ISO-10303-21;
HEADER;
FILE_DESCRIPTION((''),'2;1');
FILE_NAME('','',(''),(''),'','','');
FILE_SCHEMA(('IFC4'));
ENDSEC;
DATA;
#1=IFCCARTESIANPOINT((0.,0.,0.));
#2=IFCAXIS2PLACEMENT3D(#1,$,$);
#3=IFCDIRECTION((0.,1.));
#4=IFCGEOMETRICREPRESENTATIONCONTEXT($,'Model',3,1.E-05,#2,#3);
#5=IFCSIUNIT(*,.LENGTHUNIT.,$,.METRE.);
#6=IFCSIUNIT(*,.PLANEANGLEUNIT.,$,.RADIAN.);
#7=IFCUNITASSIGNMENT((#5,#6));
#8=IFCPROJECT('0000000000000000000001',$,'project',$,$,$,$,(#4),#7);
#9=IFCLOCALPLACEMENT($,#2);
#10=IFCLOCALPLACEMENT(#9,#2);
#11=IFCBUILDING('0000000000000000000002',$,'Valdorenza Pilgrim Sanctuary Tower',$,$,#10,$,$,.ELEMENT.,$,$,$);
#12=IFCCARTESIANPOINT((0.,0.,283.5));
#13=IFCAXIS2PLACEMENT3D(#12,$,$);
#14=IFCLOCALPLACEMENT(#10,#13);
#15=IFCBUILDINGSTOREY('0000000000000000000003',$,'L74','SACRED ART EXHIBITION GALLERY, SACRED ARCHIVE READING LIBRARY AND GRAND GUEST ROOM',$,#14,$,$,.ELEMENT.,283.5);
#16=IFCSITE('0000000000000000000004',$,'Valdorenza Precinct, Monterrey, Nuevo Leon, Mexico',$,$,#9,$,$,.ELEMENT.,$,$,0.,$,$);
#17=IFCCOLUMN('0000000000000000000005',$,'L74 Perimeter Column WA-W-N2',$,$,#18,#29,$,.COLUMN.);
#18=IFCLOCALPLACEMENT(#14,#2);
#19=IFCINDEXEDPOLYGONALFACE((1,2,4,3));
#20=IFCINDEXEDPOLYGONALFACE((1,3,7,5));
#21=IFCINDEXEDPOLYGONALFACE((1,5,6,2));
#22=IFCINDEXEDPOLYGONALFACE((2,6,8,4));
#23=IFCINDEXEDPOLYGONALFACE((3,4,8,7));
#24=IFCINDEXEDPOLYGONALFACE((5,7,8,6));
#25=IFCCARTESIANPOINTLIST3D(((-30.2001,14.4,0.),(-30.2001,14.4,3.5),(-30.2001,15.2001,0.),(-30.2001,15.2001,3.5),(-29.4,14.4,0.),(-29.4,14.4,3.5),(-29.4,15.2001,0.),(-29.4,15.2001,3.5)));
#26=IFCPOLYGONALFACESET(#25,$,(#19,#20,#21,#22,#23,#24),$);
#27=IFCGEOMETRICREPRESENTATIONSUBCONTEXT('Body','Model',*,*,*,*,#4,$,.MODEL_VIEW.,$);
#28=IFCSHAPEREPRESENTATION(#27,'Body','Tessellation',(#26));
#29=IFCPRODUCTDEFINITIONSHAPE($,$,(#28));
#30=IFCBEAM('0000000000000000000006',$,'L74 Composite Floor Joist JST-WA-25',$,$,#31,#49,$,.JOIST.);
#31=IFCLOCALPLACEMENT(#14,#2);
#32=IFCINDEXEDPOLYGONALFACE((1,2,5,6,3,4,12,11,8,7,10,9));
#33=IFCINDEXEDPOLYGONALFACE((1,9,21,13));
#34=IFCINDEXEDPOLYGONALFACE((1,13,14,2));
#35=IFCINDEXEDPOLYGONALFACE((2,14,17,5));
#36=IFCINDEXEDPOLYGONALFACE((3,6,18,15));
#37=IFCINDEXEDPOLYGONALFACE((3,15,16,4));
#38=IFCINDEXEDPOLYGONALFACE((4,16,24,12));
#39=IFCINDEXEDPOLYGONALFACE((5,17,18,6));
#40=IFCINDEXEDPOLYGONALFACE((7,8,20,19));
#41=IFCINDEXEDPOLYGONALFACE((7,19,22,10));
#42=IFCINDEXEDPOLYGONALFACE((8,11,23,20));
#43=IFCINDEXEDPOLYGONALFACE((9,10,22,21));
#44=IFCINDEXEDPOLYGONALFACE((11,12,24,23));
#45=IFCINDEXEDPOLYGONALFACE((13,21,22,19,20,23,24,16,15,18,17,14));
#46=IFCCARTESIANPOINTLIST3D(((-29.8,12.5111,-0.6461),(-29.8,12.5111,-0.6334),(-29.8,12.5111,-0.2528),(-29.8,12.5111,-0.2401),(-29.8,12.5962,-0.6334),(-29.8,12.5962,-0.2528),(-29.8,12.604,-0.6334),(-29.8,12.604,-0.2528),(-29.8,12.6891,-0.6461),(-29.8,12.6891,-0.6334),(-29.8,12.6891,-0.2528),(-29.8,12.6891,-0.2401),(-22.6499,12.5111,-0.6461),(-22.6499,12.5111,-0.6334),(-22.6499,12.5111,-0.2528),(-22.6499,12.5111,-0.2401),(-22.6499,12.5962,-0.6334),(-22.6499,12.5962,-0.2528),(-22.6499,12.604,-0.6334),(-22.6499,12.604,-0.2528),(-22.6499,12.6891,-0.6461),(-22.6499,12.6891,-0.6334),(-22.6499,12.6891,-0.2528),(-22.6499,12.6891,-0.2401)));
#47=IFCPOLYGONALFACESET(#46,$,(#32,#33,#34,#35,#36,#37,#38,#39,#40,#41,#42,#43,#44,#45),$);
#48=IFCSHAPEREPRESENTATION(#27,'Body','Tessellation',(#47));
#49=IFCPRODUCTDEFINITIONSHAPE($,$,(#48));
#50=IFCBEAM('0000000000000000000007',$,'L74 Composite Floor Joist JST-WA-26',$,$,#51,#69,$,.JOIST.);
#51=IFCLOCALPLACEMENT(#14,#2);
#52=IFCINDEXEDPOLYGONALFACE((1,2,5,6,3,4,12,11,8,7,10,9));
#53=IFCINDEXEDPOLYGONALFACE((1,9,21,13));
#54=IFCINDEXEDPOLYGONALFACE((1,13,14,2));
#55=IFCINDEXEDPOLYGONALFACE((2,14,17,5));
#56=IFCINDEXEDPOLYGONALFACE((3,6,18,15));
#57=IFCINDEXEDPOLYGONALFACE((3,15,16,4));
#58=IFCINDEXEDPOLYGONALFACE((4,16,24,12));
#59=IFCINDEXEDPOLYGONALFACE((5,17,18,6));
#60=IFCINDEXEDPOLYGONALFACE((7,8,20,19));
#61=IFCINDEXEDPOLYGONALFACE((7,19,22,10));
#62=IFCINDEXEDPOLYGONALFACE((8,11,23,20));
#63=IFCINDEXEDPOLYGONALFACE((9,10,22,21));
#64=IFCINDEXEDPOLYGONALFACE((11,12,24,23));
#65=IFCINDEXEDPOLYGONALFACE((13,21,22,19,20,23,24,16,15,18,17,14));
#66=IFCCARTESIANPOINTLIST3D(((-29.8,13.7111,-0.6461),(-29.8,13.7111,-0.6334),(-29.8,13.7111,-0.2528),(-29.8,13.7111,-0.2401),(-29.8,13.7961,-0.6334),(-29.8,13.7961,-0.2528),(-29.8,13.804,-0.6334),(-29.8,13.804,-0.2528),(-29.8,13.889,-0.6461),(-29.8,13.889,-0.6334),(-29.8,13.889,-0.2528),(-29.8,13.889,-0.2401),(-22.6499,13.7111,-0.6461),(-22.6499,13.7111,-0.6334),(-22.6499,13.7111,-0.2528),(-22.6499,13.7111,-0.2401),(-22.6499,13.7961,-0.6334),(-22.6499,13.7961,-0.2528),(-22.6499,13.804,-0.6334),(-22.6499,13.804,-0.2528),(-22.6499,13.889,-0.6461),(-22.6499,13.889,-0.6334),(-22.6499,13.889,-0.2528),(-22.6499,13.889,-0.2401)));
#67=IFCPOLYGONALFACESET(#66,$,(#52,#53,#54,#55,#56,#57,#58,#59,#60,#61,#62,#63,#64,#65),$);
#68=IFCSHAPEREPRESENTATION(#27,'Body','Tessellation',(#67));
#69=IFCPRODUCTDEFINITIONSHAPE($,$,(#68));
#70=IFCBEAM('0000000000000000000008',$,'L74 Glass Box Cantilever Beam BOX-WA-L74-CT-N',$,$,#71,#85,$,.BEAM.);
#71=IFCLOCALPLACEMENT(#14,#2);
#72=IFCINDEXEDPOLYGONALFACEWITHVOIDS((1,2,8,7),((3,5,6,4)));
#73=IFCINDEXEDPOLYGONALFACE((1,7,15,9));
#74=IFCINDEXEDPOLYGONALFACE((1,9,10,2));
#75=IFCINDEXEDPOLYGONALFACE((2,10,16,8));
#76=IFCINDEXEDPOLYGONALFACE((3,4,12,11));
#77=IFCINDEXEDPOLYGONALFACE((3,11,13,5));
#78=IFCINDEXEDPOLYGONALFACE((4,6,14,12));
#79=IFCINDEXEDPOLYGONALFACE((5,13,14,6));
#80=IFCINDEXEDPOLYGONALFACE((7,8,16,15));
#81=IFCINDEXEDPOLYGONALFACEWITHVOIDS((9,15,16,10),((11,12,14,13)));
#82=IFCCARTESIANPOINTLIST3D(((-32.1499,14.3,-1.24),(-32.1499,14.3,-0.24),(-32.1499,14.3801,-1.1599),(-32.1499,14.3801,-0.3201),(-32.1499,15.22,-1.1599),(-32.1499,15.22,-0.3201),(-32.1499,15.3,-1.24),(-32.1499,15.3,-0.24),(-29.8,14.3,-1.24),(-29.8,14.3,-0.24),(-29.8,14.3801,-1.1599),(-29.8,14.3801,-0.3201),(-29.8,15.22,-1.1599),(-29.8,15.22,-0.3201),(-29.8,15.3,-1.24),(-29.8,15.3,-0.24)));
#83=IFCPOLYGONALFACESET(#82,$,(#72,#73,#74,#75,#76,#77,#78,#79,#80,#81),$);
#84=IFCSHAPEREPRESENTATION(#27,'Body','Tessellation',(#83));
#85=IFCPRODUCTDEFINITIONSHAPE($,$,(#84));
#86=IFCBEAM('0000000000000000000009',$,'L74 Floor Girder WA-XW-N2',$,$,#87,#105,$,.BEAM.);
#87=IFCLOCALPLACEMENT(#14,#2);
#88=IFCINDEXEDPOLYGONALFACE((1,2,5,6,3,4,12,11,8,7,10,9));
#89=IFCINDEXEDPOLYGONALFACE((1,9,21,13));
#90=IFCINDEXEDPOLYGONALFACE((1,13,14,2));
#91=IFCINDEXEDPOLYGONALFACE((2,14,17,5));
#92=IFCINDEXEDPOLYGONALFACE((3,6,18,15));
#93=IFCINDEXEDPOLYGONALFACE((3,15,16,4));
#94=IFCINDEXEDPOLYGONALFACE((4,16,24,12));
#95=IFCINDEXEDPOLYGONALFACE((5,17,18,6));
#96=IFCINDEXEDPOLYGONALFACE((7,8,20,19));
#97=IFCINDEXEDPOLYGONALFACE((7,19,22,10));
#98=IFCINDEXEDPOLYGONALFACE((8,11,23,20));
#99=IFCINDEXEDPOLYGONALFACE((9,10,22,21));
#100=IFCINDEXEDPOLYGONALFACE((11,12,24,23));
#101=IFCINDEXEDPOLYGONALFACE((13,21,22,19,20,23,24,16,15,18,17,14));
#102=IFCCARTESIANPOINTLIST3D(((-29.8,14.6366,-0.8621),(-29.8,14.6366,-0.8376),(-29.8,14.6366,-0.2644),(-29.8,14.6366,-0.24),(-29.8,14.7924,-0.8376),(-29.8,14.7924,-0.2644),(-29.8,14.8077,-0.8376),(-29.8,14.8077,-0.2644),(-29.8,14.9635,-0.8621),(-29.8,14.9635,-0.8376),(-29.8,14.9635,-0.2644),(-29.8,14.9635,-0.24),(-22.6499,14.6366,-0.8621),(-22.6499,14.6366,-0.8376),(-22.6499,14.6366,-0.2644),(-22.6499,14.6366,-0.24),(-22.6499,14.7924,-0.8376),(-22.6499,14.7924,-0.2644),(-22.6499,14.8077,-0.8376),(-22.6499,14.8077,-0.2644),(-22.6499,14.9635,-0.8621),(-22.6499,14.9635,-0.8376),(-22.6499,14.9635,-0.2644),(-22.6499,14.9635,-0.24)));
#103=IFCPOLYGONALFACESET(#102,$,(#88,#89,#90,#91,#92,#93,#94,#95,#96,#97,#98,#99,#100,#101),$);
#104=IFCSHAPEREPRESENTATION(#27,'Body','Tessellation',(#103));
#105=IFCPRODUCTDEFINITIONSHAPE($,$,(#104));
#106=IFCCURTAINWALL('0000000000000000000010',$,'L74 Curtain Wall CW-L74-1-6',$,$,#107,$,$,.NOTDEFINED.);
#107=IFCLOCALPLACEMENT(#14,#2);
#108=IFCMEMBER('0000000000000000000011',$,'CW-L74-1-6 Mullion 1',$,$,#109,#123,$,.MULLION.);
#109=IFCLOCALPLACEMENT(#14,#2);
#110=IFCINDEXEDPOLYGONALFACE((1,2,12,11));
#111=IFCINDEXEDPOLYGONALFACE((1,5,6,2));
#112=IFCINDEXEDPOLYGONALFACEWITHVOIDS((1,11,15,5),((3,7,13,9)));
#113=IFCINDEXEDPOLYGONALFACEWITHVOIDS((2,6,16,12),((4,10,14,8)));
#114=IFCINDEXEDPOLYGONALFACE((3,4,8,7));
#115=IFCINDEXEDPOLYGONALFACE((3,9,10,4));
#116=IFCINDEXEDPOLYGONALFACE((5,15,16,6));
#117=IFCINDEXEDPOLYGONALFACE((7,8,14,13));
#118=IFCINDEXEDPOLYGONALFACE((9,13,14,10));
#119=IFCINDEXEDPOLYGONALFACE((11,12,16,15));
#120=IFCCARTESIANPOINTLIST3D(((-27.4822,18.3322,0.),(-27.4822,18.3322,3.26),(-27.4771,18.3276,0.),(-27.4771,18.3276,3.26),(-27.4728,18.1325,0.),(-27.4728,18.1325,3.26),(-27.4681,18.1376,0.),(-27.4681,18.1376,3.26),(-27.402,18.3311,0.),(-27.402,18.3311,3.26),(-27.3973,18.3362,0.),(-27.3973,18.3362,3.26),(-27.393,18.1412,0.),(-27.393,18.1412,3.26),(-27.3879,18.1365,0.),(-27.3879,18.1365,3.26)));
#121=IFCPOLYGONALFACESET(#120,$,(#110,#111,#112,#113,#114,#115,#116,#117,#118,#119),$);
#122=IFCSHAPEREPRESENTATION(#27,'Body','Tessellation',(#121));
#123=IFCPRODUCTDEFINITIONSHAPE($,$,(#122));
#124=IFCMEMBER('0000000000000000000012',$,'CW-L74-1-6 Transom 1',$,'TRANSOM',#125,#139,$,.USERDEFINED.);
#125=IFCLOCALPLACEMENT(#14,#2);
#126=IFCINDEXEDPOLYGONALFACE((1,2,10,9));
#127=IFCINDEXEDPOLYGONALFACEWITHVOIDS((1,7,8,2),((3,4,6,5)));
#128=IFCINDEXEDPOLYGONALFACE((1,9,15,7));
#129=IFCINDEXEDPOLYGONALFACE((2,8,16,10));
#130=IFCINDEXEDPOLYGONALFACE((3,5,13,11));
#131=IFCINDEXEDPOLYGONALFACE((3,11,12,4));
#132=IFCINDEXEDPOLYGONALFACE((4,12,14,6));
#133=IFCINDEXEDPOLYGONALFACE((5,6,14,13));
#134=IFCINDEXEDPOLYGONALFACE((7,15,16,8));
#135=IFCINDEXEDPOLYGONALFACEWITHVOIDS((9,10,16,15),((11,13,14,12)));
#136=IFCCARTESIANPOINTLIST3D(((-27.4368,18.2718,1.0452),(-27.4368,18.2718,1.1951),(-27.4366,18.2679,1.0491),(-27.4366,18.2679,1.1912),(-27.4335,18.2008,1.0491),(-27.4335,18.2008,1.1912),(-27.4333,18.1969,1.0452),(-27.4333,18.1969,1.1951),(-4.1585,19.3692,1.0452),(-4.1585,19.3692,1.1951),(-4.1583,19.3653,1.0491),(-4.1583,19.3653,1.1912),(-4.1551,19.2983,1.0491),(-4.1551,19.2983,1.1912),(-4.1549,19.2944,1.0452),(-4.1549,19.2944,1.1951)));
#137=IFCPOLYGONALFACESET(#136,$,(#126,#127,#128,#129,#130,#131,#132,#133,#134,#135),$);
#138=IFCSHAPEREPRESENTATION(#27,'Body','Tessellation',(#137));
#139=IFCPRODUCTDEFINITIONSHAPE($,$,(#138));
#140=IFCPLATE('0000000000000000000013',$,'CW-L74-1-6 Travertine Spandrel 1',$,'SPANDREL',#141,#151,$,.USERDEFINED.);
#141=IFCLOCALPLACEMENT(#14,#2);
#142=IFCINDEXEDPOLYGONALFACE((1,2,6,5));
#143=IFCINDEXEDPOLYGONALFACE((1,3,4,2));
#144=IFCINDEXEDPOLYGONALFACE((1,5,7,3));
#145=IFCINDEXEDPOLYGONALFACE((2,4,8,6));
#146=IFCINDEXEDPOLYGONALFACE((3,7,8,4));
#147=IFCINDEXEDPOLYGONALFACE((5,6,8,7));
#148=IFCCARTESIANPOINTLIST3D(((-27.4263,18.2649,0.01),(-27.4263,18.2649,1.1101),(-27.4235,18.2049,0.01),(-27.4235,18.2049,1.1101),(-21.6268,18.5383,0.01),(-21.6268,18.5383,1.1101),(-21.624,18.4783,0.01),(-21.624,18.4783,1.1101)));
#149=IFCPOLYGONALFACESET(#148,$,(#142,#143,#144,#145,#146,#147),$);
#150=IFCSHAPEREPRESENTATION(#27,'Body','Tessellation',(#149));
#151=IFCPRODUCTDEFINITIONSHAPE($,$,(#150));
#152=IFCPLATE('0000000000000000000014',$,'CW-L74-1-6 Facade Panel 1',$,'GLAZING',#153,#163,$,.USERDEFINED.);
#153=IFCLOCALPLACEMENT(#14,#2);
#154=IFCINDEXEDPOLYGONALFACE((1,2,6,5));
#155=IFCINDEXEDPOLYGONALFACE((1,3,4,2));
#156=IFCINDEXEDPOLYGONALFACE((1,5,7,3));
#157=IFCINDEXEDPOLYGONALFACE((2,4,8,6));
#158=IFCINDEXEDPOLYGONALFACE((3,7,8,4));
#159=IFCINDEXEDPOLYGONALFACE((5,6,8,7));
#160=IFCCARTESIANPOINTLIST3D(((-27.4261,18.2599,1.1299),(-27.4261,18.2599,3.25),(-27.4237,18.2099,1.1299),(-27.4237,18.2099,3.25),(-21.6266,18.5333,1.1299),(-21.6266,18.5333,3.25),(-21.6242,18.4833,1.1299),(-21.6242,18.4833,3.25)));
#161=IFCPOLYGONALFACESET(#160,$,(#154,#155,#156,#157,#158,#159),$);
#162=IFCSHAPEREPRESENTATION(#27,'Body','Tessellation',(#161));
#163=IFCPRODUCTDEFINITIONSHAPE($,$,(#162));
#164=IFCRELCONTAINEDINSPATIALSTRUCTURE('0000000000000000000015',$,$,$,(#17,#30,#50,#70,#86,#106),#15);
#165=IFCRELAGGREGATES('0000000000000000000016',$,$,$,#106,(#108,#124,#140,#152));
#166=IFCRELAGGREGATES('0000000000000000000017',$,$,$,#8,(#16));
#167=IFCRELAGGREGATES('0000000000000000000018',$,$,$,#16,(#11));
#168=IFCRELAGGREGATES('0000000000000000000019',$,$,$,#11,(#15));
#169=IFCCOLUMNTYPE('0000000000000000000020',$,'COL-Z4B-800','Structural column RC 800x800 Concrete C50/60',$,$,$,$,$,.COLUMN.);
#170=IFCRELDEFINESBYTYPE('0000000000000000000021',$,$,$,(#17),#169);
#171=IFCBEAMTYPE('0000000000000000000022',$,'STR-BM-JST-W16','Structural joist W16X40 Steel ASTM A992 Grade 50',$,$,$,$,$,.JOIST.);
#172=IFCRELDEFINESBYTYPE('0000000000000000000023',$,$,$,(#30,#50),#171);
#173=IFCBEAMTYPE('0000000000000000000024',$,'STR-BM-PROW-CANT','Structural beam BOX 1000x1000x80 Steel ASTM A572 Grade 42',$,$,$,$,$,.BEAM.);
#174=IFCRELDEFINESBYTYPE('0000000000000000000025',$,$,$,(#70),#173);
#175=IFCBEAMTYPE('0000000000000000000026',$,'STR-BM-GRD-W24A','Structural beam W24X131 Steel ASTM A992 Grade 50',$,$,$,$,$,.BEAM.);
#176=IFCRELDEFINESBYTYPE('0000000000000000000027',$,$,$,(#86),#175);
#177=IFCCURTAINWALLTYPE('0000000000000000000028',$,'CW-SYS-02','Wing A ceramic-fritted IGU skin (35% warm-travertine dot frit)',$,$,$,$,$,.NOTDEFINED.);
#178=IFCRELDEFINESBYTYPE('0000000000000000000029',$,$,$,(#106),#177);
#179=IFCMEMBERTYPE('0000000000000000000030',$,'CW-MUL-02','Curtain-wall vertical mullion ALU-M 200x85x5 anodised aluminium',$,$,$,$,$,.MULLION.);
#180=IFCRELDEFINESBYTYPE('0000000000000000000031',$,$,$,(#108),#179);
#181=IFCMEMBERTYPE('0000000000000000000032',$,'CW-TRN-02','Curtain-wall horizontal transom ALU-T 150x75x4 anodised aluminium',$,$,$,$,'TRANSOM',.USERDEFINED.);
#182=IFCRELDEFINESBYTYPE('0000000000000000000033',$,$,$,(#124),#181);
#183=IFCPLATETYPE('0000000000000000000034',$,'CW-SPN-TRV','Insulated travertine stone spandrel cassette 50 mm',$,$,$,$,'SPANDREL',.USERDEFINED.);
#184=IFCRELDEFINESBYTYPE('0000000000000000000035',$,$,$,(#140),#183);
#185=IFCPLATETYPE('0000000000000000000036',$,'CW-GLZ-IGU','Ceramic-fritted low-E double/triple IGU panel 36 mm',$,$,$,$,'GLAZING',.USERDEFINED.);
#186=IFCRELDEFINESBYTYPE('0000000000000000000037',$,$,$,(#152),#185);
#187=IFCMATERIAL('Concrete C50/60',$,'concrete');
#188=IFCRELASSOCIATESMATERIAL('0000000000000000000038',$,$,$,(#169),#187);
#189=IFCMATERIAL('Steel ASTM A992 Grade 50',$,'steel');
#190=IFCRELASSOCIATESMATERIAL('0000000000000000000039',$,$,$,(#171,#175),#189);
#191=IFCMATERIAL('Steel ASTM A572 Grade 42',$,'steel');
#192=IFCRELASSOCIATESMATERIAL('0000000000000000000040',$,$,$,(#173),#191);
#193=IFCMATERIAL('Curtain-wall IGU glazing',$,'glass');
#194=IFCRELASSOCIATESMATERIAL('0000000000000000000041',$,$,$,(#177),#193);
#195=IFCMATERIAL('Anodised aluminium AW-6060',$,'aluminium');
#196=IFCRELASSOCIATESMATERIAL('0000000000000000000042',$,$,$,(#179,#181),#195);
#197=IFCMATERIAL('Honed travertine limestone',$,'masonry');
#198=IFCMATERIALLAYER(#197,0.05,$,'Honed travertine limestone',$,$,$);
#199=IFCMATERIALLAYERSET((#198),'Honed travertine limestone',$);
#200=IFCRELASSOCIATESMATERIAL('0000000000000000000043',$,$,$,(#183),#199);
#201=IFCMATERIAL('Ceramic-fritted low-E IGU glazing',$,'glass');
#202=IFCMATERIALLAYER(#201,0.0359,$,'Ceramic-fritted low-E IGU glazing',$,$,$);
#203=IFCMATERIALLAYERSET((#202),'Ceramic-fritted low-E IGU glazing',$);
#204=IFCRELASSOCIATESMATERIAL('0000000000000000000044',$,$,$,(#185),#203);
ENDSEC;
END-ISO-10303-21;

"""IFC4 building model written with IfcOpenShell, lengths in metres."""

from ifc_helpers import new_model, si_unit, direction, frame, origin, origin_2d, place, context, subcontext, project, spatial, rectangle, hollow_rectangle, i_section, extrude, source, transform, mapped, material, layer, layer_set, material_profile, profile_set, type_object, element, aggregate, save


model = new_model("IFC4")

# Units and contexts
model_context = context("Model", 3, precision=1e-05, world=origin(), true_north=direction((0.0, 1.0)))
body_context = subcontext(model_context, "Body", "Model", "MODEL_VIEW")
ifc_project = project(units=[si_unit("LENGTHUNIT", "METRE"), si_unit("PLANEANGLEUNIT", "RADIAN")], contexts=[model_context])

# Site, building, storey
site_placement = place(None, origin())
site = spatial("IfcSite", under=ifc_project, at=site_placement, Name="Valdorenza Precinct, Monterrey, Nuevo Leon, Mexico", CompositionType="ELEMENT", RefElevation=0.0)
building_placement = place(site_placement, origin())
building = spatial("IfcBuilding", under=site, at=building_placement, Name="Valdorenza Pilgrim Sanctuary Tower", CompositionType="ELEMENT")
storey_placement = place(building_placement, frame((0.0, 0.0, 283.5)))
storey = spatial("IfcBuildingStorey", under=building, at=storey_placement, Name="L74", Description="SACRED ART EXHIBITION GALLERY, SACRED ARCHIVE READING LIBRARY AND GRAND GUEST ROOM", CompositionType="ELEMENT", Elevation=283.5)

# Column
ifc_material_1 = material(Name="Concrete C50/60", Category="concrete")
ifc_material_profile_1 = material_profile(ifc_material_1, rectangle(XDim=0.8, YDim=0.8, at=origin_2d()), Name="RC 800x800")
ifc_profile_set_1 = profile_set([ifc_material_profile_1], Name="Concrete C50/60")
column_type = type_object("IfcColumnType", Name="COL-Z4B-800", Description="Structural column RC 800x800 Concrete C50/60", PredefinedType="COLUMN", material=ifc_profile_set_1)
shared_shape_1 = source(origin(), body_context, "Body", "SweptSolid", [
    extrude(rectangle(XDim=0.8, YDim=0.8, at=origin_2d()), origin(), (0.0, 0.0, 1.0), 3.5),
])
column_placement = place(storey_placement, frame((-29.8, 14.8, 0.0), z_axis=(0.0, 0.0, 1.0), x_axis=(1.0, 0.0, 0.0)))
element("IfcColumn", 1, at=column_placement, inside=storey, type_object=column_type, Name="L74 Perimeter Column WA-W-N2", PredefinedType="COLUMN", context=body_context, shape_type="MappedRepresentation", body=[
    mapped(shared_shape_1, transform((0.0, 0.0, 0.0), x_axis=(1.0, 0.0, 0.0), y_axis=(0.0, 1.0, 0.0), z_axis=(0.0, 0.0, 1.0), scale=1.0)),
])

# Beams
ifc_material_2 = material(Name="Steel ASTM A992 Grade 50", Category="steel")
ifc_material_profile_2 = material_profile(ifc_material_2, i_section(OverallWidth=0.178, OverallDepth=0.406, WebThickness=0.0078, FlangeThickness=0.0127, at=origin_2d()), Name="W16X40")
ifc_profile_set_2 = profile_set([ifc_material_profile_2], Name="Steel ASTM A992 Grade 50")
beam_type_1 = type_object("IfcBeamType", Name="STR-BM-JST-W16", Description="Structural joist W16X40 Steel ASTM A992 Grade 50", PredefinedType="JOIST", material=ifc_profile_set_2)
shared_shape_2 = source(origin(), body_context, "Body", "SweptSolid", [
    extrude(i_section(OverallWidth=0.178, OverallDepth=0.406, WebThickness=0.0078, FlangeThickness=0.0127, at=origin_2d()), origin(), (0.0, 0.0, 1.0), 7.1501),
])
for number, where, z_axis, x_axis, name in (
    (2, (-29.8, 12.6001, -0.4431), (1.0, 0.0, 0.0), (0.0, 1.0, 0.0), "L74 Composite Floor Joist JST-WA-25"),
    (3, (-29.8, 13.8, -0.4431), (1.0, 0.0, 0.0), (0.0, 1.0, 0.0), "L74 Composite Floor Joist JST-WA-26"),
):
    element("IfcBeam", number, at=place(storey_placement, frame(where, z_axis=z_axis, x_axis=x_axis)), inside=storey, type_object=beam_type_1, Name=name, PredefinedType="JOIST", context=body_context, shape_type="MappedRepresentation", body=[
        mapped(shared_shape_2, transform((0.0, 0.0, 0.0), x_axis=(1.0, 0.0, 0.0), y_axis=(0.0, 1.0, 0.0), z_axis=(0.0, 0.0, 1.0), scale=1.0)),
    ])
ifc_material_3 = material(Name="Steel ASTM A572 Grade 42", Category="steel")
ifc_material_profile_3 = material_profile(ifc_material_3, hollow_rectangle(XDim=1.0, YDim=1.0, WallThickness=0.0801, at=origin_2d()), Name="BOX 1000x1000x80")
ifc_profile_set_3 = profile_set([ifc_material_profile_3], Name="Steel ASTM A572 Grade 42")
beam_type_2 = type_object("IfcBeamType", Name="STR-BM-PROW-CANT", Description="Structural beam BOX 1000x1000x80 Steel ASTM A572 Grade 42", PredefinedType="BEAM", material=ifc_profile_set_3)
shared_shape_3 = source(origin(), body_context, "Body", "SweptSolid", [
    extrude(hollow_rectangle(XDim=1.0, YDim=1.0, WallThickness=0.0801, at=origin_2d()), origin(), (0.0, 0.0, 1.0), 2.3499),
])
beam_1_placement = place(storey_placement, frame((-29.8, 14.8, -0.74), z_axis=(-1.0, 0.0, 0.0), x_axis=(0.0, -1.0, 0.0)))
element("IfcBeam", 4, at=beam_1_placement, inside=storey, type_object=beam_type_2, Name="L74 Glass Box Cantilever Beam BOX-WA-L74-CT-N", PredefinedType="BEAM", context=body_context, shape_type="MappedRepresentation", body=[
    mapped(shared_shape_3, transform((0.0, 0.0, 0.0), x_axis=(1.0, 0.0, 0.0), y_axis=(0.0, 1.0, 0.0), z_axis=(0.0, 0.0, 1.0), scale=1.0)),
])
ifc_material_profile_4 = material_profile(ifc_material_2, i_section(OverallWidth=0.3269, OverallDepth=0.6221, WebThickness=0.0154, FlangeThickness=0.0244, at=origin_2d()), Name="W24X131")
ifc_profile_set_4 = profile_set([ifc_material_profile_4], Name="Steel ASTM A992 Grade 50")
beam_type_3 = type_object("IfcBeamType", Name="STR-BM-GRD-W24A", Description="Structural beam W24X131 Steel ASTM A992 Grade 50", PredefinedType="BEAM", material=ifc_profile_set_4)
shared_shape_4 = source(origin(), body_context, "Body", "SweptSolid", [
    extrude(i_section(OverallWidth=0.3269, OverallDepth=0.6221, WebThickness=0.0154, FlangeThickness=0.0244, at=origin_2d()), origin(), (0.0, 0.0, 1.0), 7.1501),
])
beam_2_placement = place(storey_placement, frame((-29.8, 14.8, -0.551), z_axis=(1.0, 0.0, 0.0), x_axis=(0.0, 1.0, 0.0)))
element("IfcBeam", 5, at=beam_2_placement, inside=storey, type_object=beam_type_3, Name="L74 Floor Girder WA-XW-N2", PredefinedType="BEAM", context=body_context, shape_type="MappedRepresentation", body=[
    mapped(shared_shape_4, transform((0.0, 0.0, 0.0), x_axis=(1.0, 0.0, 0.0), y_axis=(0.0, 1.0, 0.0), z_axis=(0.0, 0.0, 1.0), scale=1.0)),
])

# Curtain wall, members, plates
ifc_material_4 = material(Name="Curtain-wall IGU glazing", Category="glass")
curtain_wall_type = type_object("IfcCurtainWallType", Name="CW-SYS-02", Description="Wing A ceramic-fritted IGU skin (35% warm-travertine dot frit)", PredefinedType="NOTDEFINED", material=ifc_material_4)
curtain_wall_placement = place(storey_placement, origin())
curtain_wall = element("IfcCurtainWall", 6, at=curtain_wall_placement, inside=storey, type_object=curtain_wall_type, Name="L74 Curtain Wall CW-L74-1-6", PredefinedType="NOTDEFINED")
ifc_material_5 = material(Name="Anodised aluminium AW-6060", Category="aluminium")
ifc_material_profile_5 = material_profile(ifc_material_5, hollow_rectangle(XDim=0.085, YDim=0.2, WallThickness=0.0049, at=origin_2d()), Name="ALU-M 200x85x5")
ifc_profile_set_5 = profile_set([ifc_material_profile_5], Name="Anodised aluminium AW-6060")
member_type_1 = type_object("IfcMemberType", Name="CW-MUL-02", Description="Curtain-wall vertical mullion ALU-M 200x85x5 anodised aluminium", PredefinedType="MULLION", material=ifc_profile_set_5)
shared_shape_5 = source(origin(), body_context, "Body", "SweptSolid", [
    extrude(hollow_rectangle(XDim=0.085, YDim=0.2, WallThickness=0.0049, at=origin_2d()), origin(), (0.0, 0.0, 1.0), 3.26),
])
member_1_placement = place(storey_placement, frame((-27.4351, 18.2344, 0.0), z_axis=(0.0, 0.0, 1.0), x_axis=(0.998891, 0.047089, 0.0)))
member_1 = element("IfcMember", 7, at=member_1_placement, type_object=member_type_1, Name="CW-L74-1-6 Mullion 1", PredefinedType="MULLION", context=body_context, shape_type="MappedRepresentation", body=[
    mapped(shared_shape_5, transform((0.0, 0.0, 0.0), x_axis=(1.0, 0.0, 0.0), y_axis=(0.0, 1.0, 0.0), z_axis=(0.0, 0.0, 1.0), scale=1.0)),
])
ifc_material_profile_6 = material_profile(ifc_material_5, hollow_rectangle(XDim=0.075, YDim=0.1499, WallThickness=0.0039, at=origin_2d()), Name="ALU-T 150x75x4")
ifc_profile_set_6 = profile_set([ifc_material_profile_6], Name="Anodised aluminium AW-6060")
member_type_2 = type_object("IfcMemberType", Name="CW-TRN-02", Description="Curtain-wall horizontal transom ALU-T 150x75x4 anodised aluminium", ElementType="TRANSOM", PredefinedType="USERDEFINED", material=ifc_profile_set_6)
shared_shape_6 = source(origin(), body_context, "Body", "SweptSolid", [
    extrude(hollow_rectangle(XDim=0.075, YDim=0.1499, WallThickness=0.0039, at=origin_2d()), origin(), (0.0, 0.0, 1.0), 23.3042),
])
member_2_placement = place(storey_placement, frame((-27.4351, 18.2344, 1.1201), z_axis=(0.998891, 0.047091, 0.0), x_axis=(-0.047091, 0.998891, 0.0)))
member_2 = element("IfcMember", 8, at=member_2_placement, type_object=member_type_2, Name="CW-L74-1-6 Transom 1", ObjectType="TRANSOM", PredefinedType="USERDEFINED", context=body_context, shape_type="MappedRepresentation", body=[
    mapped(shared_shape_6, transform((0.0, 0.0, 0.0), x_axis=(1.0, 0.0, 0.0), y_axis=(0.0, 1.0, 0.0), z_axis=(0.0, 0.0, 1.0), scale=1.0)),
])
ifc_material_6 = material(Name="Honed travertine limestone", Category="masonry")
ifc_layer_1 = layer(ifc_material_6, 0.05, Name="Honed travertine limestone")
ifc_layer_set_1 = layer_set([ifc_layer_1], Name="Honed travertine limestone")
plate_type_1 = type_object("IfcPlateType", Name="CW-SPN-TRV", Description="Insulated travertine stone spandrel cassette 50 mm", ElementType="SPANDREL", PredefinedType="USERDEFINED", material=ifc_layer_set_1)
shared_shape_7 = source(origin(), body_context, "Body", "SweptSolid", [
    extrude(rectangle(XDim=5.8059, YDim=0.0601, at=origin_2d()), origin(), (0.0, 0.0, 1.0), 1.1001),
])
plate_1_placement = place(storey_placement, frame((-24.5251, 18.3716, 0.01), z_axis=(0.0, 0.0, 1.0), x_axis=(0.998891, 0.047089, 0.0)))
plate_1 = element("IfcPlate", 9, at=plate_1_placement, type_object=plate_type_1, Name="CW-L74-1-6 Travertine Spandrel 1", ObjectType="SPANDREL", PredefinedType="USERDEFINED", context=body_context, shape_type="MappedRepresentation", body=[
    mapped(shared_shape_7, transform((0.0, 0.0, 0.0), x_axis=(1.0, 0.0, 0.0), y_axis=(0.0, 1.0, 0.0), z_axis=(0.0, 0.0, 1.0), scale=1.0)),
])
ifc_material_7 = material(Name="Ceramic-fritted low-E IGU glazing", Category="glass")
ifc_layer_2 = layer(ifc_material_7, 0.0359, Name="Ceramic-fritted low-E IGU glazing")
ifc_layer_set_2 = layer_set([ifc_layer_2], Name="Ceramic-fritted low-E IGU glazing")
plate_type_2 = type_object("IfcPlateType", Name="CW-GLZ-IGU", Description="Ceramic-fritted low-E double/triple IGU panel 36 mm", ElementType="GLAZING", PredefinedType="USERDEFINED", material=ifc_layer_set_2)
shared_shape_8 = source(origin(), body_context, "Body", "SweptSolid", [
    extrude(rectangle(XDim=5.8059, YDim=0.05, at=origin_2d()), origin(), (0.0, 0.0, 1.0), 2.1201),
])
plate_2_placement = place(storey_placement, frame((-24.5251, 18.3716, 1.1299), z_axis=(0.0, 0.0, 1.0), x_axis=(0.998891, 0.047089, 0.0)))
plate_2 = element("IfcPlate", 10, at=plate_2_placement, type_object=plate_type_2, Name="CW-L74-1-6 Facade Panel 1", ObjectType="GLAZING", PredefinedType="USERDEFINED", context=body_context, shape_type="MappedRepresentation", body=[
    mapped(shared_shape_8, transform((0.0, 0.0, 0.0), x_axis=(1.0, 0.0, 0.0), y_axis=(0.0, 1.0, 0.0), z_axis=(0.0, 0.0, 1.0), scale=1.0)),
])
aggregate(curtain_wall, [member_1, member_2, plate_1, plate_2])

save(model, "model.ifc")
